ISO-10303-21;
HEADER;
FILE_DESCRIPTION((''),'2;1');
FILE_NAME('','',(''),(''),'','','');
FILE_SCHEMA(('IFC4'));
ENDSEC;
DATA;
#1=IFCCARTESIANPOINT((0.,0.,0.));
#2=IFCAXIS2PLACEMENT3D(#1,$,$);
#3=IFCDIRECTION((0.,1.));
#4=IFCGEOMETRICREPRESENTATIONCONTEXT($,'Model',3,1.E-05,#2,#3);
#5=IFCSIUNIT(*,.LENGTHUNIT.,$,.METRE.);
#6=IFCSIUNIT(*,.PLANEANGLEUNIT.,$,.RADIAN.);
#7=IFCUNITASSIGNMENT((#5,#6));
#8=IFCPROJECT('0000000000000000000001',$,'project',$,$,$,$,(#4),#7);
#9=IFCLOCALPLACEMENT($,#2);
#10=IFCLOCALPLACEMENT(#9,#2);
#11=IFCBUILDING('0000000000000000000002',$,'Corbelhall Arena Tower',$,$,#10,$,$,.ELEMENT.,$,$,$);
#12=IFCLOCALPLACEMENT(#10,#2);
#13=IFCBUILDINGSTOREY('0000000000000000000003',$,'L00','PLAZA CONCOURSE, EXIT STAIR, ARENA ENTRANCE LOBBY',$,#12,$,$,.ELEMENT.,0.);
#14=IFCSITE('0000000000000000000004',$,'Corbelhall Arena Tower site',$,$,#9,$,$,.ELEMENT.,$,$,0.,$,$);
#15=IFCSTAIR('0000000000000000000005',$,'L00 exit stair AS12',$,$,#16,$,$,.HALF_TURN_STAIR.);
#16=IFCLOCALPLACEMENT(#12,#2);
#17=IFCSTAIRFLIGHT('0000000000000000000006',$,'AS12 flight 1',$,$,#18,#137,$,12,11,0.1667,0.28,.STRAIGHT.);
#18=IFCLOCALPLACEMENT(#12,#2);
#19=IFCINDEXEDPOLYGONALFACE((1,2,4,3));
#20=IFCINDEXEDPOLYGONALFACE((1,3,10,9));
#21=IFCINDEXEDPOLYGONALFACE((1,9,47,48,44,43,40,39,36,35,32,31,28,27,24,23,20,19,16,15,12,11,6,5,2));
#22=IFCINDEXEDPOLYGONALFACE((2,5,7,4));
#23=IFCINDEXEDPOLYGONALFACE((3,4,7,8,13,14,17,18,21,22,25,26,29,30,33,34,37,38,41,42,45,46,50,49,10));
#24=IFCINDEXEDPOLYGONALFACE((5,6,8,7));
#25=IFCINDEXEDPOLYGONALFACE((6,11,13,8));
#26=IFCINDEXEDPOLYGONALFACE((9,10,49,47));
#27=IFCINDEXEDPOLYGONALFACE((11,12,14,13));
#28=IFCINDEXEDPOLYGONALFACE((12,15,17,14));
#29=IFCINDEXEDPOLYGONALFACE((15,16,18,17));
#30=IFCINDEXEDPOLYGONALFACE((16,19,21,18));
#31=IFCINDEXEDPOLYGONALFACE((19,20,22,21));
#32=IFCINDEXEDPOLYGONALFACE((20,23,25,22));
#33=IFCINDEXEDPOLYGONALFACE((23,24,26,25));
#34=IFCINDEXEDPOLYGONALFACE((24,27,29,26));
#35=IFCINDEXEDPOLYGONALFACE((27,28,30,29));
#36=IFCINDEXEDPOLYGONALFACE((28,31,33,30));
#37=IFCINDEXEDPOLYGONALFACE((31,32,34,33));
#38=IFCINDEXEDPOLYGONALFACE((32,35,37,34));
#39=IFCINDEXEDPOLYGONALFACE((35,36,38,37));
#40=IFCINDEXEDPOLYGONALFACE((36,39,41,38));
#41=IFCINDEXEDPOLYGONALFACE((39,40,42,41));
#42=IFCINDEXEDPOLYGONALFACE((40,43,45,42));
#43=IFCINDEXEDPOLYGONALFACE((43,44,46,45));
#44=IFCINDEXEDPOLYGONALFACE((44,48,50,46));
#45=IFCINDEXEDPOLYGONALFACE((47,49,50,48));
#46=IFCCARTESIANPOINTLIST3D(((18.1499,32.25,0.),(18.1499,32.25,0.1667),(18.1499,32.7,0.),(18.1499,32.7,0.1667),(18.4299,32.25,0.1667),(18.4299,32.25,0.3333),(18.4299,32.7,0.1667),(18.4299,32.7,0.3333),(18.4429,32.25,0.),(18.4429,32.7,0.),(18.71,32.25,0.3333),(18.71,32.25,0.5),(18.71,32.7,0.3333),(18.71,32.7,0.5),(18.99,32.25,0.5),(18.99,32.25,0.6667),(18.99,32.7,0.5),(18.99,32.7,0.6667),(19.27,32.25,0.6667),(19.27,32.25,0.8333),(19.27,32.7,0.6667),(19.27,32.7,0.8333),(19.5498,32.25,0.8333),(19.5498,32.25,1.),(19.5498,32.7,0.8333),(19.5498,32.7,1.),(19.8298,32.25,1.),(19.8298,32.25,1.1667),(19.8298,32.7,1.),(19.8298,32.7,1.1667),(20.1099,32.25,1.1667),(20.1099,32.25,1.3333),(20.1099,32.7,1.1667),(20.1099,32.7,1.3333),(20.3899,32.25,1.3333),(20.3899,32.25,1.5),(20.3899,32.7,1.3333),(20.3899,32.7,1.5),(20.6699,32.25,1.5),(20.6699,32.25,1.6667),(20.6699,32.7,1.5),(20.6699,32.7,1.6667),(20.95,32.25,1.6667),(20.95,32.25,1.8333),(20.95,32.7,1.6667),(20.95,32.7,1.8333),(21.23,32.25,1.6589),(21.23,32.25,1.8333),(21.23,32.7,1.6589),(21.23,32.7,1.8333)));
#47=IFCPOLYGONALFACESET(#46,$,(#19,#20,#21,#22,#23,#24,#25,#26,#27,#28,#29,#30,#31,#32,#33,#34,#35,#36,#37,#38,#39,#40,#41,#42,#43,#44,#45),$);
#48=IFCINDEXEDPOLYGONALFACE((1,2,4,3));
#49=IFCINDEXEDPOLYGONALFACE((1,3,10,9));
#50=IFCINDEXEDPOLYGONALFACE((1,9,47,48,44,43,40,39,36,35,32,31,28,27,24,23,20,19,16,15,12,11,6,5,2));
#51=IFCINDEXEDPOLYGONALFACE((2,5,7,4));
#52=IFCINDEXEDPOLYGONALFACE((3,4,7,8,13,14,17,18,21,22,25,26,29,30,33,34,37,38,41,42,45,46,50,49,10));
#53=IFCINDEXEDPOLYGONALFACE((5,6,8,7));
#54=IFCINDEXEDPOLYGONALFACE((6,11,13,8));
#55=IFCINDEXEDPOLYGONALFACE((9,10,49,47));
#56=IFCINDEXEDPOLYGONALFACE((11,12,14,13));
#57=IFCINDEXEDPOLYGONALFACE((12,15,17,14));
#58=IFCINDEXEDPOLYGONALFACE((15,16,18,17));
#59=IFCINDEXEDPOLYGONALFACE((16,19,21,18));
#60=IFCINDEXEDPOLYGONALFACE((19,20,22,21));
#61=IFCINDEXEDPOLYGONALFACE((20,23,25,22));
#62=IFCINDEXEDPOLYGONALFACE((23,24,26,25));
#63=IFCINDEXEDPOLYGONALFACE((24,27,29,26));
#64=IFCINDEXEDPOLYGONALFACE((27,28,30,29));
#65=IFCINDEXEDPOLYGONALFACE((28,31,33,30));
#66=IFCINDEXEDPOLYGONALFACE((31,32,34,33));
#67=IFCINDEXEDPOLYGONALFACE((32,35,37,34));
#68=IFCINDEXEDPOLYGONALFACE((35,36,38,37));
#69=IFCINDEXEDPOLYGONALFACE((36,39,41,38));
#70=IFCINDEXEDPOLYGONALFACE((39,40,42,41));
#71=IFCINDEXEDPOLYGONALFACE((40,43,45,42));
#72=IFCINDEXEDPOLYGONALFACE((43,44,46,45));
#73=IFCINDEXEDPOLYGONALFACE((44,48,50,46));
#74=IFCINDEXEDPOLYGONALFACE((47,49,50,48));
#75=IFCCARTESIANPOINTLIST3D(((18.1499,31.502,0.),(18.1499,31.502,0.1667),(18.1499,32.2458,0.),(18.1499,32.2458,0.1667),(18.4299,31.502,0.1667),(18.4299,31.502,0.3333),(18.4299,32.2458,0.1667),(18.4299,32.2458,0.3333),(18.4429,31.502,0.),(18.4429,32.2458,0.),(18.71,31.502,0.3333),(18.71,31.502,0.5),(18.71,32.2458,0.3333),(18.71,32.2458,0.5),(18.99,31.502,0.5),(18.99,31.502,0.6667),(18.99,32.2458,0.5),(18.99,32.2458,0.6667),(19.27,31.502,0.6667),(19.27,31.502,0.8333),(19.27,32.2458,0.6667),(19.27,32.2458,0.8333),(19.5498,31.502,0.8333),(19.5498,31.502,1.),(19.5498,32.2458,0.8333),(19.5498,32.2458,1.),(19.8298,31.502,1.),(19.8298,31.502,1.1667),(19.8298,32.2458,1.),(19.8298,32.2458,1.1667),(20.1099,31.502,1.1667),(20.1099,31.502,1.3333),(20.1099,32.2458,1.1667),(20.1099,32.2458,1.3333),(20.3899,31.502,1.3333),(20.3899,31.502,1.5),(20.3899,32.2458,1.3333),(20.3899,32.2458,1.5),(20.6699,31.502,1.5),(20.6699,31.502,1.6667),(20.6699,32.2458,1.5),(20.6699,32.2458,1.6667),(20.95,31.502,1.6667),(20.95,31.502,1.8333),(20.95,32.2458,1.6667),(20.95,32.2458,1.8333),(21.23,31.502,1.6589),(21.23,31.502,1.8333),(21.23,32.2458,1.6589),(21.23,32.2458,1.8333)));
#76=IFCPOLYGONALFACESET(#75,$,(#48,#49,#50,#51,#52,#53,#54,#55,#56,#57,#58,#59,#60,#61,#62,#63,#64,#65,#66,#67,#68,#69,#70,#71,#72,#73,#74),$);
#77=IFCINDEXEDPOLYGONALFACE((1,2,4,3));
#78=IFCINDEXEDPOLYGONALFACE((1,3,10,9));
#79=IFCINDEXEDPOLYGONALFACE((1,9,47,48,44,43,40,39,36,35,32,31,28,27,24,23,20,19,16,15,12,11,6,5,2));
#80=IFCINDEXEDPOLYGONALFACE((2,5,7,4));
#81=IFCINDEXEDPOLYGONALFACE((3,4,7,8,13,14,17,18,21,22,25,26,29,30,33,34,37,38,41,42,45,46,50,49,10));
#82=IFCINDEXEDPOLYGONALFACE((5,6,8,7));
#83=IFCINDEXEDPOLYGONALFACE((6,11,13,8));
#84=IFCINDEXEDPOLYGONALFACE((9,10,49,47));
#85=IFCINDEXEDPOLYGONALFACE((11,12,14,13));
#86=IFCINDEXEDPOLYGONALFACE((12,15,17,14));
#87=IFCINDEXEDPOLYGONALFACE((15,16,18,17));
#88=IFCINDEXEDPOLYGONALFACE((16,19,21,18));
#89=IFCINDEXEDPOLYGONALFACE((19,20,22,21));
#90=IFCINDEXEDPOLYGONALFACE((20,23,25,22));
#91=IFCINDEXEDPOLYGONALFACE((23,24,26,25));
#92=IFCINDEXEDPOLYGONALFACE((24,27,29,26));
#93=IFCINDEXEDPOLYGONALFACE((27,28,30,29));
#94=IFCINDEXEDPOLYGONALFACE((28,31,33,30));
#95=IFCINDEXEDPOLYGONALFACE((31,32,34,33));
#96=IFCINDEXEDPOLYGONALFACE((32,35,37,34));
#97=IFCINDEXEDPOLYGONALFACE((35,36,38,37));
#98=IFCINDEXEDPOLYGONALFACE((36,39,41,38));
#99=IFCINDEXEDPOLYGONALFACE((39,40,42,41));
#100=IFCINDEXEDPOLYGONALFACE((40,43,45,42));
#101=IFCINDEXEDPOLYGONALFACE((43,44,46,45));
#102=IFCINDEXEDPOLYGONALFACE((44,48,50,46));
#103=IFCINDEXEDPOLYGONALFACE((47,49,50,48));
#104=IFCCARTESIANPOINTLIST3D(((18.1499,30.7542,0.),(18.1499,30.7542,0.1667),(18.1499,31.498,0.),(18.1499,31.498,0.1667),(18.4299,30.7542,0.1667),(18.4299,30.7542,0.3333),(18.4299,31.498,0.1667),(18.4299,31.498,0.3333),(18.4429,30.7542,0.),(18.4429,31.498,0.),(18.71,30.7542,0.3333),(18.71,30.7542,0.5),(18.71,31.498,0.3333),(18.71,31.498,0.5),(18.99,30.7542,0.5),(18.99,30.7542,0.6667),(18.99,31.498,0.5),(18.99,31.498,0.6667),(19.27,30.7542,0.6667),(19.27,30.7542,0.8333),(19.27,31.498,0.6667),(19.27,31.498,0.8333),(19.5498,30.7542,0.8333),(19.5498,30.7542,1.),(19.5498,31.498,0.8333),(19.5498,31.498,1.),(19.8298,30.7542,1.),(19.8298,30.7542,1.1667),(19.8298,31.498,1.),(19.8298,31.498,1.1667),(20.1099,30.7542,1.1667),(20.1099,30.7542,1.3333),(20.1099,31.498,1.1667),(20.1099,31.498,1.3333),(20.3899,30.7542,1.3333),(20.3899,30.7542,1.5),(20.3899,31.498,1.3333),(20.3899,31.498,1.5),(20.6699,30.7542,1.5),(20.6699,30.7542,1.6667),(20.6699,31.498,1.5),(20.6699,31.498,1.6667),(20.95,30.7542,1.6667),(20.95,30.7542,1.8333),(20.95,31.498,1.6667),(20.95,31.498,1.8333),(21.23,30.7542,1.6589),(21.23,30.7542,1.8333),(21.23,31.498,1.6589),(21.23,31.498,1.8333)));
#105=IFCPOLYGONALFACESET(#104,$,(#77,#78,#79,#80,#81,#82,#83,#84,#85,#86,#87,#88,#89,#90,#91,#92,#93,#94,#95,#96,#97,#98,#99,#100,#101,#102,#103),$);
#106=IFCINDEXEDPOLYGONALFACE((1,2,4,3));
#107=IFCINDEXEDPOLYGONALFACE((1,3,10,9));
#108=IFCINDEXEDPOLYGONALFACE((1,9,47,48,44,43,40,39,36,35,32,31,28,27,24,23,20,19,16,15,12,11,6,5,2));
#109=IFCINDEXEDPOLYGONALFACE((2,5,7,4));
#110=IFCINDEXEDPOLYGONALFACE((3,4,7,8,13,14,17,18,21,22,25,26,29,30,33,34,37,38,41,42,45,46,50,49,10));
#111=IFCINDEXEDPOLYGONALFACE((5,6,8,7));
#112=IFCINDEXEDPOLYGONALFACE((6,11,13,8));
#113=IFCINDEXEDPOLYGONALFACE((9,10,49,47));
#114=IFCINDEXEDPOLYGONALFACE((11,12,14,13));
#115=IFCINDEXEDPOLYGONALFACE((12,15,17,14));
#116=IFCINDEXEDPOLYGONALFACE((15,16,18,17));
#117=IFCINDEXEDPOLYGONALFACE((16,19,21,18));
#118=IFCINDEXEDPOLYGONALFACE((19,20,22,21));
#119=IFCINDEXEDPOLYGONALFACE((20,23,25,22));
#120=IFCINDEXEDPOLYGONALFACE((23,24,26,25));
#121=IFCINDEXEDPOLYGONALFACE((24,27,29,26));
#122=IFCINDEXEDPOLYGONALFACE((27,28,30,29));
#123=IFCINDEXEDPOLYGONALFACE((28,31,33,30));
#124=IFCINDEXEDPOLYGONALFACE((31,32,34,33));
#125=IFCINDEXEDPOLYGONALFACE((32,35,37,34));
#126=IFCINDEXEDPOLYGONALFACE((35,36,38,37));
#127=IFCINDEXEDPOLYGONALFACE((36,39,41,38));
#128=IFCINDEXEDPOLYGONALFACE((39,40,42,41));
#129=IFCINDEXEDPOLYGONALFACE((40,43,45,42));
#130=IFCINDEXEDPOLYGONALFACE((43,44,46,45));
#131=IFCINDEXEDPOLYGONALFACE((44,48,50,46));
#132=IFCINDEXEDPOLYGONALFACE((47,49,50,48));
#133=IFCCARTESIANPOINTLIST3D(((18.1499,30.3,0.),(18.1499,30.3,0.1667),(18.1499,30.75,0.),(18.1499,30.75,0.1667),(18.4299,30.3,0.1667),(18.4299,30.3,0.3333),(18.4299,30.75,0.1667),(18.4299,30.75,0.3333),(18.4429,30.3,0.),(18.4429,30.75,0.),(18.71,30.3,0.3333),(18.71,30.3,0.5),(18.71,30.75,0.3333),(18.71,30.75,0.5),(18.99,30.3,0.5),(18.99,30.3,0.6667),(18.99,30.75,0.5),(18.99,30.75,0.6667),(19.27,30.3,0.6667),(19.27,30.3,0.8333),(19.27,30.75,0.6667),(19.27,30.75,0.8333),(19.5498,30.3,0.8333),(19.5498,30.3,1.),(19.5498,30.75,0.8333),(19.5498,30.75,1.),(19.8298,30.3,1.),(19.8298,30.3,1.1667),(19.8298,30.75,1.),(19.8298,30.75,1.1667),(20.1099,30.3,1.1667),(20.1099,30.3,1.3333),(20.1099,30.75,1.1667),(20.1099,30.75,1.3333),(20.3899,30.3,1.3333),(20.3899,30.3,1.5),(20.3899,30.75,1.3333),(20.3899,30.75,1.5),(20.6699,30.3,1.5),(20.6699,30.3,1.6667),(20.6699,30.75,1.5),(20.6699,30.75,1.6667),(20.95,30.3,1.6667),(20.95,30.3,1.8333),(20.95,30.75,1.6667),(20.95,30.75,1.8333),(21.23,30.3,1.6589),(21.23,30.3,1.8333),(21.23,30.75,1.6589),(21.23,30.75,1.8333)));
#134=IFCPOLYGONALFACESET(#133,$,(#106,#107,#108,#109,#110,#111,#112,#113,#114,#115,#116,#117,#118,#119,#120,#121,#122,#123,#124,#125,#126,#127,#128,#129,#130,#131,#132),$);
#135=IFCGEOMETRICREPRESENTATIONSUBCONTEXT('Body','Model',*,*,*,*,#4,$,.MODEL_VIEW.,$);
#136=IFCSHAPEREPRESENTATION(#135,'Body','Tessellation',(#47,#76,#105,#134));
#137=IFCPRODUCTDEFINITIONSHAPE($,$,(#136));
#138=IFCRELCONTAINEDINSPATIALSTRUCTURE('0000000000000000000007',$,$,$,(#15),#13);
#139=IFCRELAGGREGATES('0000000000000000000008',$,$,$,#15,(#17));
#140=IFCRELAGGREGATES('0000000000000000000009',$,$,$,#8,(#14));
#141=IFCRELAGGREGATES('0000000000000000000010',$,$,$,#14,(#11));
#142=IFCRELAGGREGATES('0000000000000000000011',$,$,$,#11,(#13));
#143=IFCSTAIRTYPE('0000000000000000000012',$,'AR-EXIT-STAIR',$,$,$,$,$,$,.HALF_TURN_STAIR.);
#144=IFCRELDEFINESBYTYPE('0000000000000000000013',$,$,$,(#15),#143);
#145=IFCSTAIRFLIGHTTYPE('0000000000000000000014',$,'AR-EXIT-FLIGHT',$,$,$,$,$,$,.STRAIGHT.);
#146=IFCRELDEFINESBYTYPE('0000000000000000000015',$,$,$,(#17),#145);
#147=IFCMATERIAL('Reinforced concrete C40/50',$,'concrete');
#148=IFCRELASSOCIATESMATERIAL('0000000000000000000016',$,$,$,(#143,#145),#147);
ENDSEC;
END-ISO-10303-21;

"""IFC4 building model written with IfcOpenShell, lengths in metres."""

from ifc_helpers import new_model, si_unit, direction, frame, origin, place, context, subcontext, project, spatial, polyline, outline, extrude, material, type_object, element, aggregate, save


model = new_model("IFC4")

# Units and contexts
model_context = context("Model", 3, precision=1e-05, world=origin(), true_north=direction((0.0, 1.0)))
body_context = subcontext(model_context, "Body", "Model", "MODEL_VIEW")
ifc_project = project(units=[si_unit("LENGTHUNIT", "METRE"), si_unit("PLANEANGLEUNIT", "RADIAN")], contexts=[model_context])

# Site, building, storey
site_placement = place(None, origin())
site = spatial("IfcSite", under=ifc_project, at=site_placement, Name="Corbelhall Arena Tower site", CompositionType="ELEMENT", RefElevation=0.0)
building_placement = place(site_placement, origin())
building = spatial("IfcBuilding", under=site, at=building_placement, Name="Corbelhall Arena Tower", CompositionType="ELEMENT")
storey_placement = place(building_placement, origin())
storey = spatial("IfcBuildingStorey", under=building, at=storey_placement, Name="L00", Description="PLAZA CONCOURSE, EXIT STAIR, ARENA ENTRANCE LOBBY", CompositionType="ELEMENT", Elevation=0.0)

# Shared definitions
ifc_material_1 = material(Name="Reinforced concrete C40/50", Category="concrete")

# Stair, stair flight
stair_type = type_object("IfcStairType", Name="AR-EXIT-STAIR", PredefinedType="HALF_TURN_STAIR", material=ifc_material_1)
stair_flight_type = type_object("IfcStairFlightType", Name="AR-EXIT-FLIGHT", PredefinedType="STRAIGHT", material=ifc_material_1)
stair_1_placement = place(storey_placement, origin())
stair_1 = element("IfcStair", 1, at=stair_1_placement, inside=storey, type_object=stair_type, Name="L00 exit stair AS12", PredefinedType="HALF_TURN_STAIR")
stair_flight_1_placement = place(storey_placement, frame((18.1499, 31.5, 0.0), z_axis=(0.0, 0.0, 1.0), x_axis=(1.0, 0.0, 0.0)))
stair_flight_1 = element("IfcStairFlight", 2, at=stair_flight_1_placement, type_object=stair_flight_type, Name="AS12 flight 1", NumberOfRisers=12, NumberOfTreads=11, PredefinedType="STRAIGHT", RiserHeight=0.1667, TreadLength=0.28, context=body_context, shape_type="SweptSolid", body=[
    extrude(outline(polyline([(0.0, 0.0), (0.0, 0.1667), (0.28, 0.1667), (0.28, 0.3333), (0.5601, 0.3333), (0.5601, 0.5), (0.8401, 0.5), (0.8401, 0.6667), (1.1201, 0.6667), (1.1201, 0.8333), (1.3999, 0.8333), (1.3999, 1.0), (1.6799, 1.0), (1.6799, 1.1667), (1.96, 1.1667), (1.96, 1.3333), (2.24, 1.3333), (2.24, 1.5), (2.52, 1.5), (2.52, 1.6667), (2.8, 1.6667), (2.8, 1.8333), (3.0801, 1.8333), (3.0801, 2.0), (3.0801, 1.6589), (0.293, 0.0), (0.0, 0.0)])), frame((0.0, 1.2, 0.0), z_axis=(0.0, -1.0, 0.0), x_axis=(1.0, 0.0, 0.0)), (0.0, 0.0, 1.0), 0.45),
    extrude(outline(polyline([(0.0, 0.0), (0.0, 0.1667), (0.28, 0.1667), (0.28, 0.3333), (0.5601, 0.3333), (0.5601, 0.5), (0.8401, 0.5), (0.8401, 0.6667), (1.1201, 0.6667), (1.1201, 0.8333), (1.3999, 0.8333), (1.3999, 1.0), (1.6799, 1.0), (1.6799, 1.1667), (1.96, 1.1667), (1.96, 1.3333), (2.24, 1.3333), (2.24, 1.5), (2.52, 1.5), (2.52, 1.6667), (2.8, 1.6667), (2.8, 1.8333), (3.0801, 1.8333), (3.0801, 2.0), (3.0801, 1.6589), (0.293, 0.0), (0.0, 0.0)])), frame((0.0, 0.7458, 0.0), z_axis=(0.0, -1.0, 0.0), x_axis=(1.0, 0.0, 0.0)), (0.0, 0.0, 1.0), 0.7439),
    extrude(outline(polyline([(0.0, 0.0), (0.0, 0.1667), (0.28, 0.1667), (0.28, 0.3333), (0.5601, 0.3333), (0.5601, 0.5), (0.8401, 0.5), (0.8401, 0.6667), (1.1201, 0.6667), (1.1201, 0.8333), (1.3999, 0.8333), (1.3999, 1.0), (1.6799, 1.0), (1.6799, 1.1667), (1.96, 1.1667), (1.96, 1.3333), (2.24, 1.3333), (2.24, 1.5), (2.52, 1.5), (2.52, 1.6667), (2.8, 1.6667), (2.8, 1.8333), (3.0801, 1.8333), (3.0801, 2.0), (3.0801, 1.6589), (0.293, 0.0), (0.0, 0.0)])), frame((0.0, -0.002, 0.0), z_axis=(0.0, -1.0, 0.0), x_axis=(1.0, 0.0, 0.0)), (0.0, 0.0, 1.0), 0.7439),
    extrude(outline(polyline([(0.0, 0.0), (0.0, 0.1667), (0.28, 0.1667), (0.28, 0.3333), (0.5601, 0.3333), (0.5601, 0.5), (0.8401, 0.5), (0.8401, 0.6667), (1.1201, 0.6667), (1.1201, 0.8333), (1.3999, 0.8333), (1.3999, 1.0), (1.6799, 1.0), (1.6799, 1.1667), (1.96, 1.1667), (1.96, 1.3333), (2.24, 1.3333), (2.24, 1.5), (2.52, 1.5), (2.52, 1.6667), (2.8, 1.6667), (2.8, 1.8333), (3.0801, 1.8333), (3.0801, 2.0), (3.0801, 1.6589), (0.293, 0.0), (0.0, 0.0)])), frame((0.0, -0.75, 0.0), z_axis=(0.0, -1.0, 0.0), x_axis=(1.0, 0.0, 0.0)), (0.0, 0.0, 1.0), 0.45),
])
aggregate(stair_1, [stair_flight_1])

save(model, "model.ifc")
